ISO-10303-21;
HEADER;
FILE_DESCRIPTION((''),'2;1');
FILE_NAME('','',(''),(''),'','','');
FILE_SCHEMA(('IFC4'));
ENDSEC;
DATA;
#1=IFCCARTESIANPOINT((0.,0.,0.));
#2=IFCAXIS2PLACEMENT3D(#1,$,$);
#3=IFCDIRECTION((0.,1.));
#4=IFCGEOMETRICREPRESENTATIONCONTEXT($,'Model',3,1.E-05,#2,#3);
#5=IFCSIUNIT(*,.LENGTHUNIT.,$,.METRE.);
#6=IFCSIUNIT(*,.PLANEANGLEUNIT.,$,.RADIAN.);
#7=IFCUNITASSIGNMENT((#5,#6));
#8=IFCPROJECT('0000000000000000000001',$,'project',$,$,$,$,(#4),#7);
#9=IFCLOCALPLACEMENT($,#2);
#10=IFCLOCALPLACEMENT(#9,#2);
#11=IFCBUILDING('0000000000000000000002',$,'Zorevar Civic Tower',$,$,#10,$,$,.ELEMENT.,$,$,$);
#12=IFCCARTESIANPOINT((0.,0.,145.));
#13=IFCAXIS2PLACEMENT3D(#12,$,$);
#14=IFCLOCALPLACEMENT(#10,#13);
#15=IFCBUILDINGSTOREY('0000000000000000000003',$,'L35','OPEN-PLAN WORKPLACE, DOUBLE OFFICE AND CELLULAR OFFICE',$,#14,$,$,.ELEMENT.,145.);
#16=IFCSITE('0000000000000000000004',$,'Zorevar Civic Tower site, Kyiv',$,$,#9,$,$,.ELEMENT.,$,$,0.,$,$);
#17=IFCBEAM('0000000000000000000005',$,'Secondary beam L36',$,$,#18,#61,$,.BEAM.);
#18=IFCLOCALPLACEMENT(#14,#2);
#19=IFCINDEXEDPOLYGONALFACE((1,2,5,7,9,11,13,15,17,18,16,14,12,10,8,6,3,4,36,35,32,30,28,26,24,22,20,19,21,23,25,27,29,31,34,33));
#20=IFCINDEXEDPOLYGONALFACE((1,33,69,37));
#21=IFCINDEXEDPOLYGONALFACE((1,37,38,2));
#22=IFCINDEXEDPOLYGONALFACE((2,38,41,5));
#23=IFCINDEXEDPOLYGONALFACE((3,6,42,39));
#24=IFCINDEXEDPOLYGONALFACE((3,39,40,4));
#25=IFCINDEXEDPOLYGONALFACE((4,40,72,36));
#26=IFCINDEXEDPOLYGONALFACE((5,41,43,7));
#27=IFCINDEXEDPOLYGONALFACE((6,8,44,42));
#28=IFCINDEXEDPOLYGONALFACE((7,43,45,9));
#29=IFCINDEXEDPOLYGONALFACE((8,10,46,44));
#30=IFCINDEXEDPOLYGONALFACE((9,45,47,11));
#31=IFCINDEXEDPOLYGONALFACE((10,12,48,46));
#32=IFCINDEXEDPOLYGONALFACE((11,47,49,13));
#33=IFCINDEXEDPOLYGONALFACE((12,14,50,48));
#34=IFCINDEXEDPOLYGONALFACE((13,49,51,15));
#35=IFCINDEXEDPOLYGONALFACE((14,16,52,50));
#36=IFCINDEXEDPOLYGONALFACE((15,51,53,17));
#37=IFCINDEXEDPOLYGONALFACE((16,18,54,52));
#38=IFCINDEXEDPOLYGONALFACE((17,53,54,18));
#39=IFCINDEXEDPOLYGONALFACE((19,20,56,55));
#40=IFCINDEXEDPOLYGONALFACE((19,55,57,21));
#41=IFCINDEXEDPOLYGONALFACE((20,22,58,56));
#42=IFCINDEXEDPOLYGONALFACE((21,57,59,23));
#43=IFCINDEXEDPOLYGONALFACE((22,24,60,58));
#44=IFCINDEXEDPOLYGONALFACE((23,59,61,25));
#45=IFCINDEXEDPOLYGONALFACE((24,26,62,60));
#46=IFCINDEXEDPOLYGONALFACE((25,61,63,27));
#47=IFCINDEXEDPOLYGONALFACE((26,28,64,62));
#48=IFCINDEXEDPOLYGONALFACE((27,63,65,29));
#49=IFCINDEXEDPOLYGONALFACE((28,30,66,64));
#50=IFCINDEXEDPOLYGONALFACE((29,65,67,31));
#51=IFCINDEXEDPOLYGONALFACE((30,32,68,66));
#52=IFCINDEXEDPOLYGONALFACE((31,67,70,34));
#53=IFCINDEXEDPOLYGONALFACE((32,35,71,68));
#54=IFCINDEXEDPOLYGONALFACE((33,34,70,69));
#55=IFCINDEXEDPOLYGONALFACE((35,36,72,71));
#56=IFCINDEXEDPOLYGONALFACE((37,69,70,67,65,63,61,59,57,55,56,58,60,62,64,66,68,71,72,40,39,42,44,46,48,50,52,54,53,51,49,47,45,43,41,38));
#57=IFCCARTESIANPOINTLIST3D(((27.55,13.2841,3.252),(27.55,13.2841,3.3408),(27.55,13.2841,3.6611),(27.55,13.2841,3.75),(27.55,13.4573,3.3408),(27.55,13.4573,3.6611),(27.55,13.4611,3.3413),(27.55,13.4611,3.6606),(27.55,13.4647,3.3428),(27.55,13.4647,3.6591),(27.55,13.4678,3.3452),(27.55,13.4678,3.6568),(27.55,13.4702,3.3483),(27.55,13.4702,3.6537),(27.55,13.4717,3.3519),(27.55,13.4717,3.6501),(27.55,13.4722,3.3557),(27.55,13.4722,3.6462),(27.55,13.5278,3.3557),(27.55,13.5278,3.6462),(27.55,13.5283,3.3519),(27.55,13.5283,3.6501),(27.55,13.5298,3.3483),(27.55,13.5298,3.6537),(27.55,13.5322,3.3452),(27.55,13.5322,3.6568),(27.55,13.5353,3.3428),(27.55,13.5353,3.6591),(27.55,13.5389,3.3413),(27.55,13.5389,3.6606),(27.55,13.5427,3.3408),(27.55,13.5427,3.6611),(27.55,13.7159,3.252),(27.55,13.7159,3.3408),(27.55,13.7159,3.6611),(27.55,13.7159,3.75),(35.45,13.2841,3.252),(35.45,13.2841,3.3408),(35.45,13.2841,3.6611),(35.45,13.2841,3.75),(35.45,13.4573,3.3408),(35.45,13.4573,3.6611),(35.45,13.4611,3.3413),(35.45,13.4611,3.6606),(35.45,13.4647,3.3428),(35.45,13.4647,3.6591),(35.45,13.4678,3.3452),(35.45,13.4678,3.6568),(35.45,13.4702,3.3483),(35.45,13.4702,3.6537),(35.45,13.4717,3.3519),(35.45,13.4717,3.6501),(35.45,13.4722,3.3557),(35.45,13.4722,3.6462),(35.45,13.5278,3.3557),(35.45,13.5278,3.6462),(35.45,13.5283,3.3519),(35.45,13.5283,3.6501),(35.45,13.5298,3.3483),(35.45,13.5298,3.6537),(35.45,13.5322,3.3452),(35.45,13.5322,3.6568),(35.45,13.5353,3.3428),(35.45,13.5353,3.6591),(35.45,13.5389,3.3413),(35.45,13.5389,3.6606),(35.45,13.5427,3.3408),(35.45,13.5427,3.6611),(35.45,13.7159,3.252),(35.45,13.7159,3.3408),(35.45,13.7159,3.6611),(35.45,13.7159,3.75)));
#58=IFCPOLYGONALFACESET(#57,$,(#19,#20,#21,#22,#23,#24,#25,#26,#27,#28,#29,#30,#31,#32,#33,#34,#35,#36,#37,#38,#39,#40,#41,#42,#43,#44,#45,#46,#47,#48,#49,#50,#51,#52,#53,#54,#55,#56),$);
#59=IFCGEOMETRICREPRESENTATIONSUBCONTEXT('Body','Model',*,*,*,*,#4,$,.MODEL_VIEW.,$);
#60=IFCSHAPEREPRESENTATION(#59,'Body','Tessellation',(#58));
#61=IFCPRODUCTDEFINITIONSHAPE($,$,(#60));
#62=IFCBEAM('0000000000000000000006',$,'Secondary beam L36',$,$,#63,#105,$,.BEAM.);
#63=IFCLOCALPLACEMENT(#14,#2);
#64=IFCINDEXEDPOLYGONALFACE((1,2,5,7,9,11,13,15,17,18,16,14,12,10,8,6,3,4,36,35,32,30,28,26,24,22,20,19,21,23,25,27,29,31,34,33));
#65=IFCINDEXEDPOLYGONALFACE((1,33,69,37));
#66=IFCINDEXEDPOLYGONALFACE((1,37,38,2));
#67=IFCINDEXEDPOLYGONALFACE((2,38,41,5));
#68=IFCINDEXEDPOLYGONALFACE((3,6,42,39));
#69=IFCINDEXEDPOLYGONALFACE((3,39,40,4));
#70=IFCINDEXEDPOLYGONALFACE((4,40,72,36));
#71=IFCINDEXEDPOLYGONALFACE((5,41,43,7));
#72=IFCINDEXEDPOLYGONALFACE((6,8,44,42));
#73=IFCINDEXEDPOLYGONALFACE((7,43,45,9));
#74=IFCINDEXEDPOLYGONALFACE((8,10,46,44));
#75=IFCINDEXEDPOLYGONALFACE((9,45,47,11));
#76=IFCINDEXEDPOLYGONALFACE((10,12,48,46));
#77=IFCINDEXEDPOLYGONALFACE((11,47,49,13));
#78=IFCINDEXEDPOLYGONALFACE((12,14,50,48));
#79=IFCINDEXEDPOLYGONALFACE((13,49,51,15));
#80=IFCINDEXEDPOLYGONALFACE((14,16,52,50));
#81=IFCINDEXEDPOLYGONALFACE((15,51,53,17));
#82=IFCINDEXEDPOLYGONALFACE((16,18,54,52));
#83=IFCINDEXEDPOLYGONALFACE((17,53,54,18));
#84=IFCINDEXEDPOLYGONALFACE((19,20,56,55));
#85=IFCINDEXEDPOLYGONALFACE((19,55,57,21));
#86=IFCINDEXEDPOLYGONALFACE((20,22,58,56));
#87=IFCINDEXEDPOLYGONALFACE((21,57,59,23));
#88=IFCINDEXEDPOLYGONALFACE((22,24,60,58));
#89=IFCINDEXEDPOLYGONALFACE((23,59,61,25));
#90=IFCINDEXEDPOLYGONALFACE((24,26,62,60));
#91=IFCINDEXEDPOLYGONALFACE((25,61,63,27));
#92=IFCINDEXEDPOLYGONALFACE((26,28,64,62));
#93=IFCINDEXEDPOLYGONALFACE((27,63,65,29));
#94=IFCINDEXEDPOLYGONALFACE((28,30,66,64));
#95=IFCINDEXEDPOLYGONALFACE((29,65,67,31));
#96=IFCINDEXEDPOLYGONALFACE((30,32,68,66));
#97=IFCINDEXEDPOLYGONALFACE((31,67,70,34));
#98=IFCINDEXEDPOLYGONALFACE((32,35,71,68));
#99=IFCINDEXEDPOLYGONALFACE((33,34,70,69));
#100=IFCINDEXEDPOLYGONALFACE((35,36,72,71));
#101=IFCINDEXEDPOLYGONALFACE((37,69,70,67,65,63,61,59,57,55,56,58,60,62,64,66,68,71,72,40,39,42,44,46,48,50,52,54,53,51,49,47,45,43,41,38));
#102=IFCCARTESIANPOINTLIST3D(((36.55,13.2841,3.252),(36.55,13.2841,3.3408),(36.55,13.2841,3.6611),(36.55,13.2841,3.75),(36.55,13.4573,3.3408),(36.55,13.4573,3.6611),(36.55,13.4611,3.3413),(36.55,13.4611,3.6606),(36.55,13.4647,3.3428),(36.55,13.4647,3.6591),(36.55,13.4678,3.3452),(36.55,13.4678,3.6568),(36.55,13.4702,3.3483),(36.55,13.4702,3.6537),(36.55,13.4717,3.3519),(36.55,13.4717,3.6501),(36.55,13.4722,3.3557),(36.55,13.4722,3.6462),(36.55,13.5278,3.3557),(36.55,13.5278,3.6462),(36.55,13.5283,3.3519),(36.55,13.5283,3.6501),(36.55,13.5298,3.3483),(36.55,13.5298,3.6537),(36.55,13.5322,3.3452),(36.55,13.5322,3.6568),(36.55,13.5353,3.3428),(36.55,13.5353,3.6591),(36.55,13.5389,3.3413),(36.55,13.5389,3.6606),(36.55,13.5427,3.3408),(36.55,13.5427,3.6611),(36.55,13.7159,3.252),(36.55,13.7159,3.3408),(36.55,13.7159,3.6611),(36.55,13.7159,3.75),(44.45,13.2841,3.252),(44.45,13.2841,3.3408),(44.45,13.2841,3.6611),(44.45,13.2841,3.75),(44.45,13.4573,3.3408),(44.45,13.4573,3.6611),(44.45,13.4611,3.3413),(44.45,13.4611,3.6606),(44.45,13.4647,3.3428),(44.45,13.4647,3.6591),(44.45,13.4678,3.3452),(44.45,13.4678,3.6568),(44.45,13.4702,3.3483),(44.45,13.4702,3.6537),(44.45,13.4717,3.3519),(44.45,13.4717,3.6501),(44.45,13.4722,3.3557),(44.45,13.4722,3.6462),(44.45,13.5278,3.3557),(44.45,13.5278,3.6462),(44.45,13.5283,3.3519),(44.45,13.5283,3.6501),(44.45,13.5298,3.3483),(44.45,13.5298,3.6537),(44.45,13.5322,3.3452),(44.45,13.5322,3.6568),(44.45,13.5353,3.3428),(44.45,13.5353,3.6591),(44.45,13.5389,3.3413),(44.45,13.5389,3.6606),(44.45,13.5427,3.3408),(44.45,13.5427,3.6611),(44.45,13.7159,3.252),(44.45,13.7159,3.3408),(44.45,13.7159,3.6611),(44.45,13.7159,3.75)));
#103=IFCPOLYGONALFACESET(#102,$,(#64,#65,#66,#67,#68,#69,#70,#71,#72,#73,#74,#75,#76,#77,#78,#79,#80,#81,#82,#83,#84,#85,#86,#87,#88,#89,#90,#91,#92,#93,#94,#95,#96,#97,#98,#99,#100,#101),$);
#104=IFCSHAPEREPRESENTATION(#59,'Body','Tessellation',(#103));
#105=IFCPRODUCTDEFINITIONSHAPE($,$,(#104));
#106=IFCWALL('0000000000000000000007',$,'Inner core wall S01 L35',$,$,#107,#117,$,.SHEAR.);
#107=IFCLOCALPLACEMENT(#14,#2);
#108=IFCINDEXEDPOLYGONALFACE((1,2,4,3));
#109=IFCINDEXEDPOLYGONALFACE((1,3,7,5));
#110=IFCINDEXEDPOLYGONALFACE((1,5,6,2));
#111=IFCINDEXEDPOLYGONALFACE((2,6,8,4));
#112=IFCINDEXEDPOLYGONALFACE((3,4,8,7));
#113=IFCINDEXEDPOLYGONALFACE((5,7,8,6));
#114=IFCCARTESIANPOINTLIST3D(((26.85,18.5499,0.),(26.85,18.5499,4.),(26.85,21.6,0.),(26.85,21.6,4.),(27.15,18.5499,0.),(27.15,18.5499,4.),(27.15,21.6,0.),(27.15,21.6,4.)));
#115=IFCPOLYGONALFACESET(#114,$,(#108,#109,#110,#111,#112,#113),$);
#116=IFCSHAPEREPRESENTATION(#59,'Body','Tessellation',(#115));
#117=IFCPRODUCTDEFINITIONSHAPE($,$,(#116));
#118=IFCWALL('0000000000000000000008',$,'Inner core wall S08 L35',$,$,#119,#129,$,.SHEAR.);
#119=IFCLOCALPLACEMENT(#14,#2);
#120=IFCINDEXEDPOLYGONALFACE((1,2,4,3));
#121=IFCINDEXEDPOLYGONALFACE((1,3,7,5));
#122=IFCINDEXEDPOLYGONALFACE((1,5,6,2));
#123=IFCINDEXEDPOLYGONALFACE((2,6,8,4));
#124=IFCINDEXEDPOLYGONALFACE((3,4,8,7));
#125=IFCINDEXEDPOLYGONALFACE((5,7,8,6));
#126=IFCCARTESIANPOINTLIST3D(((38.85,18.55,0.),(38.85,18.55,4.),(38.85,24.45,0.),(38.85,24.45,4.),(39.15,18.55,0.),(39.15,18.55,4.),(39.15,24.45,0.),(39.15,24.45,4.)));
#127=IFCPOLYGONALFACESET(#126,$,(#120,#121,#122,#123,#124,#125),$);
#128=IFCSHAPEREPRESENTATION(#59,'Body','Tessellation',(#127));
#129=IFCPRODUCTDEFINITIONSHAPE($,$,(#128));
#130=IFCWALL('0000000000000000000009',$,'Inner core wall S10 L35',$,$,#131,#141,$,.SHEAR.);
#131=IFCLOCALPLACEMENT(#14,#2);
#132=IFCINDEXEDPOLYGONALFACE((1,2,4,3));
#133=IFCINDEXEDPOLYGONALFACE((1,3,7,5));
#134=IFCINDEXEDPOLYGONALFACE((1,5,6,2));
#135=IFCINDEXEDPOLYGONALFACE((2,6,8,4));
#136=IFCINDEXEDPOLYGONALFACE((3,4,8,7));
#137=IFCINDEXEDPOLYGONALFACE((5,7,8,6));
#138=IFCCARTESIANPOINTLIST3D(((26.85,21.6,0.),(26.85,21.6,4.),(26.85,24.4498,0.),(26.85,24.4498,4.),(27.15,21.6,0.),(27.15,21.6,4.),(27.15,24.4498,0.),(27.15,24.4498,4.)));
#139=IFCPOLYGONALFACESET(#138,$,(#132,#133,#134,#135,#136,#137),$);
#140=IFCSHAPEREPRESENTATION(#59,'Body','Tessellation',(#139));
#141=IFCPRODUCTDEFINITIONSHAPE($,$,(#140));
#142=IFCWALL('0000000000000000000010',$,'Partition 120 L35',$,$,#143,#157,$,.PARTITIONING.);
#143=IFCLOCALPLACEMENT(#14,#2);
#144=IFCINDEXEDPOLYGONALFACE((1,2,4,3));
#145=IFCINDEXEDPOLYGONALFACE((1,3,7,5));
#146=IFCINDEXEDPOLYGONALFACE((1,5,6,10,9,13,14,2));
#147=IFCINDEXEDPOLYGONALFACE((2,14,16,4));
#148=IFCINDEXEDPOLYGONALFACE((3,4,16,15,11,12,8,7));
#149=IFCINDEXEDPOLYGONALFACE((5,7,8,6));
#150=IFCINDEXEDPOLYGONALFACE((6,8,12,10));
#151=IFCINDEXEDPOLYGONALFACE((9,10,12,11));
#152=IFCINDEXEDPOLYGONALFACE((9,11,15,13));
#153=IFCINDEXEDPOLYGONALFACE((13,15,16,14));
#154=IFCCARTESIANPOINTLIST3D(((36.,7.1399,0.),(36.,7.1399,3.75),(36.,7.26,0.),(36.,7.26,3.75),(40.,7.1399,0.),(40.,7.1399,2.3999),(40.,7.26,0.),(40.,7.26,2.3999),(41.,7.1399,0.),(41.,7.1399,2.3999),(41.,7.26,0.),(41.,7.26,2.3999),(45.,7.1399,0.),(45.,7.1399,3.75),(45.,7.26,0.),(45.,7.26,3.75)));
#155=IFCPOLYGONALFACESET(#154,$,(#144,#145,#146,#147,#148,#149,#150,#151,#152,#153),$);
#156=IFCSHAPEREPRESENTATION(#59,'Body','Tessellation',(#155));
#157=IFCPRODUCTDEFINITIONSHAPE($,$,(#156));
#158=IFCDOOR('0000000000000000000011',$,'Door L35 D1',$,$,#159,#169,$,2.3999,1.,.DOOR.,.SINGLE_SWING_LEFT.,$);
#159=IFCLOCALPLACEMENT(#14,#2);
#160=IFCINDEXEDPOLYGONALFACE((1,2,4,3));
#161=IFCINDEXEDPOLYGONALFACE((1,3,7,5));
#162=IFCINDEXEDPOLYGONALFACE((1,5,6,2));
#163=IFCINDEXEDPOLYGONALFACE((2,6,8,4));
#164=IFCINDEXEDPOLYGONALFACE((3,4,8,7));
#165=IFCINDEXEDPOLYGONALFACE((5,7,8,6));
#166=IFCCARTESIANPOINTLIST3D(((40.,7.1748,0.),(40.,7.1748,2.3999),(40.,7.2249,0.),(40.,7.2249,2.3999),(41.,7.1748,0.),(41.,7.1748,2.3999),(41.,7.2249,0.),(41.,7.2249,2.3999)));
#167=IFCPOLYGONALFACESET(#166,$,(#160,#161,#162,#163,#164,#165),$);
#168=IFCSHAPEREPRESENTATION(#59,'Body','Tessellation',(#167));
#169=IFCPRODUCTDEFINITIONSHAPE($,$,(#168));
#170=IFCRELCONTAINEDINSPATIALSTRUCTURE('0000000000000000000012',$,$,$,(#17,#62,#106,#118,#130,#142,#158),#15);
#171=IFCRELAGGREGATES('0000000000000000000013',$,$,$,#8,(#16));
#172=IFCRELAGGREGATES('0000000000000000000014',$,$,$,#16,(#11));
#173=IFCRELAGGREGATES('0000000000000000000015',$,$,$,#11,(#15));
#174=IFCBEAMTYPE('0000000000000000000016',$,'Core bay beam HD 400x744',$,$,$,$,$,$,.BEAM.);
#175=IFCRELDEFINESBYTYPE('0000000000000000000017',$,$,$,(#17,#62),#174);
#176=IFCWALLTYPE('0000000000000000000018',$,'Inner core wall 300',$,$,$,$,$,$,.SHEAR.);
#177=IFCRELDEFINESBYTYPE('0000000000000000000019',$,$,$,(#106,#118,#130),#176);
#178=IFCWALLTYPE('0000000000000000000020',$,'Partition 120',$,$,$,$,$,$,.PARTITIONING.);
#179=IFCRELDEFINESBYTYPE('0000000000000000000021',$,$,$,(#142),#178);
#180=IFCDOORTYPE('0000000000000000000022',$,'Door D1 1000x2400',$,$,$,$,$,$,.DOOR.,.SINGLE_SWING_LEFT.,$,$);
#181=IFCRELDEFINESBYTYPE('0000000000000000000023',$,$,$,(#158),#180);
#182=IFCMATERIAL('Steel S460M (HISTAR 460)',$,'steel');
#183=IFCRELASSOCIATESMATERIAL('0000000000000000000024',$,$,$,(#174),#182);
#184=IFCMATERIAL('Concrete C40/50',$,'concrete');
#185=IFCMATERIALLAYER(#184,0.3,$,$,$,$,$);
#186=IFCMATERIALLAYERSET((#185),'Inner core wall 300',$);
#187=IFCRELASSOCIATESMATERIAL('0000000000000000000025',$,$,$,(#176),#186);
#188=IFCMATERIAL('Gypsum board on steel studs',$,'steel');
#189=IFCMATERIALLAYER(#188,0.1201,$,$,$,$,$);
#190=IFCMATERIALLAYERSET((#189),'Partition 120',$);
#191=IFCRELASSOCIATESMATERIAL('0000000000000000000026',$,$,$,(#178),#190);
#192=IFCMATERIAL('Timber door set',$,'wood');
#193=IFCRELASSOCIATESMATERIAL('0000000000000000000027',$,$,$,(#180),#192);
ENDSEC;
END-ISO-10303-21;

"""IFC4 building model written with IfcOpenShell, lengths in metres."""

from ifc_helpers import new_model, si_unit, direction, frame, frame_2d, origin, origin_2d, place, context, subcontext, project, spatial, rectangle, i_section, extrude, material, layer, layer_set, material_profile, profile_set, type_object, element, fill, save


model = new_model("IFC4")

# Units and contexts
model_context = context("Model", 3, precision=1e-05, world=origin(), true_north=direction((0.0, 1.0)))
body_context = subcontext(model_context, "Body", "Model", "MODEL_VIEW")
ifc_project = project(units=[si_unit("LENGTHUNIT", "METRE"), si_unit("PLANEANGLEUNIT", "RADIAN")], contexts=[model_context])

# Site, building, storey
site_placement = place(None, origin())
site = spatial("IfcSite", under=ifc_project, at=site_placement, Name="Zorevar Civic Tower site, Kyiv", CompositionType="ELEMENT", RefElevation=0.0)
building_placement = place(site_placement, origin())
building = spatial("IfcBuilding", under=site, at=building_placement, Name="Zorevar Civic Tower", CompositionType="ELEMENT")
storey_placement = place(building_placement, frame((0.0, 0.0, 145.0)))
storey = spatial("IfcBuildingStorey", under=building, at=storey_placement, Name="L35", Description="OPEN-PLAN WORKPLACE, DOUBLE OFFICE AND CELLULAR OFFICE", CompositionType="ELEMENT", Elevation=145.0)

# Beams
ifc_material_1 = material(Name="Steel S460M (HISTAR 460)", Category="steel")
ifc_material_profile_1 = material_profile(ifc_material_1, i_section(OverallWidth=0.4319, OverallDepth=0.498, WebThickness=0.0557, FlangeThickness=0.0889, FilletRadius=0.0149, at=origin_2d()), Name="HD 400x744")
ifc_profile_set_1 = profile_set([ifc_material_profile_1], Name="Steel S460M (HISTAR 460)")
beam_type_1 = type_object("IfcBeamType", Name="Core bay beam HD 400x744", PredefinedType="BEAM", material=ifc_profile_set_1)
for number, where, z_axis, x_axis, name in (
    (1, (27.55, 13.5, 3.501), (1.0, 0.0, 0.0), (0.0, 1.0, 0.0), "Secondary beam L36"),
    (2, (36.55, 13.5, 3.501), (1.0, 0.0, 0.0), (0.0, 1.0, 0.0), "Secondary beam L36"),
):
    element("IfcBeam", number, at=place(storey_placement, frame(where, z_axis=z_axis, x_axis=x_axis)), inside=storey, type_object=beam_type_1, Name=name, PredefinedType="BEAM", context=body_context, shape_type="SweptSolid", body=[
        extrude(i_section(OverallWidth=0.4319, OverallDepth=0.498, WebThickness=0.0557, FlangeThickness=0.0889, FilletRadius=0.0149, at=origin_2d()), origin(), (0.0, 0.0, 1.0), 7.8999),
    ])

# Walls
ifc_material_2 = material(Name="Concrete C40/50", Category="concrete")
ifc_layer_1 = layer(ifc_material_2, 0.3)
ifc_layer_set_1 = layer_set([ifc_layer_1], Name="Inner core wall 300")
wall_type_1 = type_object("IfcWallType", Name="Inner core wall 300", PredefinedType="SHEAR", material=ifc_layer_set_1)
wall_1_placement = place(storey_placement, frame((27.0, 18.55, 0.0), z_axis=(0.0, 0.0, 1.0), x_axis=(0.0, 1.0, 0.0)))
element("IfcWall", 3, at=wall_1_placement, inside=storey, type_object=wall_type_1, Name="Inner core wall S01 L35", PredefinedType="SHEAR", context=body_context, shape_type="SweptSolid", body=[
    extrude(rectangle(XDim=3.05, YDim=0.3, at=frame_2d((1.5249, 0.0))), origin(), (0.0, 0.0, 1.0), 4.0),
])
wall_2_placement = place(storey_placement, frame((39.0, 18.55, 0.0), z_axis=(0.0, 0.0, 1.0), x_axis=(0.0, 1.0, 0.0)))
element("IfcWall", 4, at=wall_2_placement, inside=storey, type_object=wall_type_1, Name="Inner core wall S08 L35", PredefinedType="SHEAR", context=body_context, shape_type="SweptSolid", body=[
    extrude(rectangle(XDim=5.8999, YDim=0.3, at=frame_2d((2.95, 0.0))), origin(), (0.0, 0.0, 1.0), 4.0),
])
wall_3_placement = place(storey_placement, frame((27.0, 21.6001, 0.0), z_axis=(0.0, 0.0, 1.0), x_axis=(0.0, 1.0, 0.0)))
element("IfcWall", 5, at=wall_3_placement, inside=storey, type_object=wall_type_1, Name="Inner core wall S10 L35", PredefinedType="SHEAR", context=body_context, shape_type="SweptSolid", body=[
    extrude(rectangle(XDim=2.8499, YDim=0.3, at=frame_2d((1.4248, 0.0))), origin(), (0.0, 0.0, 1.0), 4.0),
])

# Wall, opening, door
ifc_material_3 = material(Name="Gypsum board on steel studs", Category="steel")
ifc_layer_2 = layer(ifc_material_3, 0.1201)
ifc_layer_set_2 = layer_set([ifc_layer_2], Name="Partition 120")
wall_type_2 = type_object("IfcWallType", Name="Partition 120", PredefinedType="PARTITIONING", material=ifc_layer_set_2)
wall_4_placement = place(storey_placement, frame((36.0, 7.2, 0.0), z_axis=(0.0, 0.0, 1.0), x_axis=(1.0, 0.0, 0.0)))
wall_4 = element("IfcWall", 6, at=wall_4_placement, inside=storey, type_object=wall_type_2, Name="Partition 120 L35", PredefinedType="PARTITIONING", context=body_context, shape_type="SweptSolid", body=[
    extrude(rectangle(XDim=9.0, YDim=0.1201, at=frame_2d((4.5, 0.0))), origin(), (0.0, 0.0, 1.0), 3.75),
])
opening_1_placement = place(wall_4_placement, frame((4.0, 0.0, 0.0)))
opening_1 = element("IfcOpeningElement", 7, at=opening_1_placement, cuts=wall_4, PredefinedType="OPENING", context=body_context, shape_type="SweptSolid", body=[
    extrude(rectangle(XDim=1.0, YDim=2.3999, at=frame_2d((0.5, 1.2))), frame((0.0, 0.0701, 0.0), z_axis=(0.0, -1.0, 0.0), x_axis=(1.0, 0.0, 0.0)), (0.0, 0.0, 1.0), 0.1401),
])
ifc_material_4 = material(Name="Timber door set", Category="wood")
door_type_1 = type_object("IfcDoorType", Name="Door D1 1000x2400", OperationType="SINGLE_SWING_LEFT", PredefinedType="DOOR", material=ifc_material_4)
door_1_placement = place(opening_1_placement, origin())
door_1 = element("IfcDoor", 8, at=door_1_placement, inside=storey, type_object=door_type_1, Name="Door L35 D1", OperationType="SINGLE_SWING_LEFT", OverallHeight=2.3999, OverallWidth=1.0, PredefinedType="DOOR", context=body_context, shape_type="SweptSolid", body=[
    extrude(rectangle(XDim=1.0, YDim=2.3999, at=frame_2d((0.5, 1.2))), frame((0.0, 0.0249, 0.0), z_axis=(0.0, -1.0, 0.0), x_axis=(1.0, 0.0, 0.0)), (0.0, 0.0, 1.0), 0.05),
])
fill(opening_1, door_1)

save(model, "model.ifc")
